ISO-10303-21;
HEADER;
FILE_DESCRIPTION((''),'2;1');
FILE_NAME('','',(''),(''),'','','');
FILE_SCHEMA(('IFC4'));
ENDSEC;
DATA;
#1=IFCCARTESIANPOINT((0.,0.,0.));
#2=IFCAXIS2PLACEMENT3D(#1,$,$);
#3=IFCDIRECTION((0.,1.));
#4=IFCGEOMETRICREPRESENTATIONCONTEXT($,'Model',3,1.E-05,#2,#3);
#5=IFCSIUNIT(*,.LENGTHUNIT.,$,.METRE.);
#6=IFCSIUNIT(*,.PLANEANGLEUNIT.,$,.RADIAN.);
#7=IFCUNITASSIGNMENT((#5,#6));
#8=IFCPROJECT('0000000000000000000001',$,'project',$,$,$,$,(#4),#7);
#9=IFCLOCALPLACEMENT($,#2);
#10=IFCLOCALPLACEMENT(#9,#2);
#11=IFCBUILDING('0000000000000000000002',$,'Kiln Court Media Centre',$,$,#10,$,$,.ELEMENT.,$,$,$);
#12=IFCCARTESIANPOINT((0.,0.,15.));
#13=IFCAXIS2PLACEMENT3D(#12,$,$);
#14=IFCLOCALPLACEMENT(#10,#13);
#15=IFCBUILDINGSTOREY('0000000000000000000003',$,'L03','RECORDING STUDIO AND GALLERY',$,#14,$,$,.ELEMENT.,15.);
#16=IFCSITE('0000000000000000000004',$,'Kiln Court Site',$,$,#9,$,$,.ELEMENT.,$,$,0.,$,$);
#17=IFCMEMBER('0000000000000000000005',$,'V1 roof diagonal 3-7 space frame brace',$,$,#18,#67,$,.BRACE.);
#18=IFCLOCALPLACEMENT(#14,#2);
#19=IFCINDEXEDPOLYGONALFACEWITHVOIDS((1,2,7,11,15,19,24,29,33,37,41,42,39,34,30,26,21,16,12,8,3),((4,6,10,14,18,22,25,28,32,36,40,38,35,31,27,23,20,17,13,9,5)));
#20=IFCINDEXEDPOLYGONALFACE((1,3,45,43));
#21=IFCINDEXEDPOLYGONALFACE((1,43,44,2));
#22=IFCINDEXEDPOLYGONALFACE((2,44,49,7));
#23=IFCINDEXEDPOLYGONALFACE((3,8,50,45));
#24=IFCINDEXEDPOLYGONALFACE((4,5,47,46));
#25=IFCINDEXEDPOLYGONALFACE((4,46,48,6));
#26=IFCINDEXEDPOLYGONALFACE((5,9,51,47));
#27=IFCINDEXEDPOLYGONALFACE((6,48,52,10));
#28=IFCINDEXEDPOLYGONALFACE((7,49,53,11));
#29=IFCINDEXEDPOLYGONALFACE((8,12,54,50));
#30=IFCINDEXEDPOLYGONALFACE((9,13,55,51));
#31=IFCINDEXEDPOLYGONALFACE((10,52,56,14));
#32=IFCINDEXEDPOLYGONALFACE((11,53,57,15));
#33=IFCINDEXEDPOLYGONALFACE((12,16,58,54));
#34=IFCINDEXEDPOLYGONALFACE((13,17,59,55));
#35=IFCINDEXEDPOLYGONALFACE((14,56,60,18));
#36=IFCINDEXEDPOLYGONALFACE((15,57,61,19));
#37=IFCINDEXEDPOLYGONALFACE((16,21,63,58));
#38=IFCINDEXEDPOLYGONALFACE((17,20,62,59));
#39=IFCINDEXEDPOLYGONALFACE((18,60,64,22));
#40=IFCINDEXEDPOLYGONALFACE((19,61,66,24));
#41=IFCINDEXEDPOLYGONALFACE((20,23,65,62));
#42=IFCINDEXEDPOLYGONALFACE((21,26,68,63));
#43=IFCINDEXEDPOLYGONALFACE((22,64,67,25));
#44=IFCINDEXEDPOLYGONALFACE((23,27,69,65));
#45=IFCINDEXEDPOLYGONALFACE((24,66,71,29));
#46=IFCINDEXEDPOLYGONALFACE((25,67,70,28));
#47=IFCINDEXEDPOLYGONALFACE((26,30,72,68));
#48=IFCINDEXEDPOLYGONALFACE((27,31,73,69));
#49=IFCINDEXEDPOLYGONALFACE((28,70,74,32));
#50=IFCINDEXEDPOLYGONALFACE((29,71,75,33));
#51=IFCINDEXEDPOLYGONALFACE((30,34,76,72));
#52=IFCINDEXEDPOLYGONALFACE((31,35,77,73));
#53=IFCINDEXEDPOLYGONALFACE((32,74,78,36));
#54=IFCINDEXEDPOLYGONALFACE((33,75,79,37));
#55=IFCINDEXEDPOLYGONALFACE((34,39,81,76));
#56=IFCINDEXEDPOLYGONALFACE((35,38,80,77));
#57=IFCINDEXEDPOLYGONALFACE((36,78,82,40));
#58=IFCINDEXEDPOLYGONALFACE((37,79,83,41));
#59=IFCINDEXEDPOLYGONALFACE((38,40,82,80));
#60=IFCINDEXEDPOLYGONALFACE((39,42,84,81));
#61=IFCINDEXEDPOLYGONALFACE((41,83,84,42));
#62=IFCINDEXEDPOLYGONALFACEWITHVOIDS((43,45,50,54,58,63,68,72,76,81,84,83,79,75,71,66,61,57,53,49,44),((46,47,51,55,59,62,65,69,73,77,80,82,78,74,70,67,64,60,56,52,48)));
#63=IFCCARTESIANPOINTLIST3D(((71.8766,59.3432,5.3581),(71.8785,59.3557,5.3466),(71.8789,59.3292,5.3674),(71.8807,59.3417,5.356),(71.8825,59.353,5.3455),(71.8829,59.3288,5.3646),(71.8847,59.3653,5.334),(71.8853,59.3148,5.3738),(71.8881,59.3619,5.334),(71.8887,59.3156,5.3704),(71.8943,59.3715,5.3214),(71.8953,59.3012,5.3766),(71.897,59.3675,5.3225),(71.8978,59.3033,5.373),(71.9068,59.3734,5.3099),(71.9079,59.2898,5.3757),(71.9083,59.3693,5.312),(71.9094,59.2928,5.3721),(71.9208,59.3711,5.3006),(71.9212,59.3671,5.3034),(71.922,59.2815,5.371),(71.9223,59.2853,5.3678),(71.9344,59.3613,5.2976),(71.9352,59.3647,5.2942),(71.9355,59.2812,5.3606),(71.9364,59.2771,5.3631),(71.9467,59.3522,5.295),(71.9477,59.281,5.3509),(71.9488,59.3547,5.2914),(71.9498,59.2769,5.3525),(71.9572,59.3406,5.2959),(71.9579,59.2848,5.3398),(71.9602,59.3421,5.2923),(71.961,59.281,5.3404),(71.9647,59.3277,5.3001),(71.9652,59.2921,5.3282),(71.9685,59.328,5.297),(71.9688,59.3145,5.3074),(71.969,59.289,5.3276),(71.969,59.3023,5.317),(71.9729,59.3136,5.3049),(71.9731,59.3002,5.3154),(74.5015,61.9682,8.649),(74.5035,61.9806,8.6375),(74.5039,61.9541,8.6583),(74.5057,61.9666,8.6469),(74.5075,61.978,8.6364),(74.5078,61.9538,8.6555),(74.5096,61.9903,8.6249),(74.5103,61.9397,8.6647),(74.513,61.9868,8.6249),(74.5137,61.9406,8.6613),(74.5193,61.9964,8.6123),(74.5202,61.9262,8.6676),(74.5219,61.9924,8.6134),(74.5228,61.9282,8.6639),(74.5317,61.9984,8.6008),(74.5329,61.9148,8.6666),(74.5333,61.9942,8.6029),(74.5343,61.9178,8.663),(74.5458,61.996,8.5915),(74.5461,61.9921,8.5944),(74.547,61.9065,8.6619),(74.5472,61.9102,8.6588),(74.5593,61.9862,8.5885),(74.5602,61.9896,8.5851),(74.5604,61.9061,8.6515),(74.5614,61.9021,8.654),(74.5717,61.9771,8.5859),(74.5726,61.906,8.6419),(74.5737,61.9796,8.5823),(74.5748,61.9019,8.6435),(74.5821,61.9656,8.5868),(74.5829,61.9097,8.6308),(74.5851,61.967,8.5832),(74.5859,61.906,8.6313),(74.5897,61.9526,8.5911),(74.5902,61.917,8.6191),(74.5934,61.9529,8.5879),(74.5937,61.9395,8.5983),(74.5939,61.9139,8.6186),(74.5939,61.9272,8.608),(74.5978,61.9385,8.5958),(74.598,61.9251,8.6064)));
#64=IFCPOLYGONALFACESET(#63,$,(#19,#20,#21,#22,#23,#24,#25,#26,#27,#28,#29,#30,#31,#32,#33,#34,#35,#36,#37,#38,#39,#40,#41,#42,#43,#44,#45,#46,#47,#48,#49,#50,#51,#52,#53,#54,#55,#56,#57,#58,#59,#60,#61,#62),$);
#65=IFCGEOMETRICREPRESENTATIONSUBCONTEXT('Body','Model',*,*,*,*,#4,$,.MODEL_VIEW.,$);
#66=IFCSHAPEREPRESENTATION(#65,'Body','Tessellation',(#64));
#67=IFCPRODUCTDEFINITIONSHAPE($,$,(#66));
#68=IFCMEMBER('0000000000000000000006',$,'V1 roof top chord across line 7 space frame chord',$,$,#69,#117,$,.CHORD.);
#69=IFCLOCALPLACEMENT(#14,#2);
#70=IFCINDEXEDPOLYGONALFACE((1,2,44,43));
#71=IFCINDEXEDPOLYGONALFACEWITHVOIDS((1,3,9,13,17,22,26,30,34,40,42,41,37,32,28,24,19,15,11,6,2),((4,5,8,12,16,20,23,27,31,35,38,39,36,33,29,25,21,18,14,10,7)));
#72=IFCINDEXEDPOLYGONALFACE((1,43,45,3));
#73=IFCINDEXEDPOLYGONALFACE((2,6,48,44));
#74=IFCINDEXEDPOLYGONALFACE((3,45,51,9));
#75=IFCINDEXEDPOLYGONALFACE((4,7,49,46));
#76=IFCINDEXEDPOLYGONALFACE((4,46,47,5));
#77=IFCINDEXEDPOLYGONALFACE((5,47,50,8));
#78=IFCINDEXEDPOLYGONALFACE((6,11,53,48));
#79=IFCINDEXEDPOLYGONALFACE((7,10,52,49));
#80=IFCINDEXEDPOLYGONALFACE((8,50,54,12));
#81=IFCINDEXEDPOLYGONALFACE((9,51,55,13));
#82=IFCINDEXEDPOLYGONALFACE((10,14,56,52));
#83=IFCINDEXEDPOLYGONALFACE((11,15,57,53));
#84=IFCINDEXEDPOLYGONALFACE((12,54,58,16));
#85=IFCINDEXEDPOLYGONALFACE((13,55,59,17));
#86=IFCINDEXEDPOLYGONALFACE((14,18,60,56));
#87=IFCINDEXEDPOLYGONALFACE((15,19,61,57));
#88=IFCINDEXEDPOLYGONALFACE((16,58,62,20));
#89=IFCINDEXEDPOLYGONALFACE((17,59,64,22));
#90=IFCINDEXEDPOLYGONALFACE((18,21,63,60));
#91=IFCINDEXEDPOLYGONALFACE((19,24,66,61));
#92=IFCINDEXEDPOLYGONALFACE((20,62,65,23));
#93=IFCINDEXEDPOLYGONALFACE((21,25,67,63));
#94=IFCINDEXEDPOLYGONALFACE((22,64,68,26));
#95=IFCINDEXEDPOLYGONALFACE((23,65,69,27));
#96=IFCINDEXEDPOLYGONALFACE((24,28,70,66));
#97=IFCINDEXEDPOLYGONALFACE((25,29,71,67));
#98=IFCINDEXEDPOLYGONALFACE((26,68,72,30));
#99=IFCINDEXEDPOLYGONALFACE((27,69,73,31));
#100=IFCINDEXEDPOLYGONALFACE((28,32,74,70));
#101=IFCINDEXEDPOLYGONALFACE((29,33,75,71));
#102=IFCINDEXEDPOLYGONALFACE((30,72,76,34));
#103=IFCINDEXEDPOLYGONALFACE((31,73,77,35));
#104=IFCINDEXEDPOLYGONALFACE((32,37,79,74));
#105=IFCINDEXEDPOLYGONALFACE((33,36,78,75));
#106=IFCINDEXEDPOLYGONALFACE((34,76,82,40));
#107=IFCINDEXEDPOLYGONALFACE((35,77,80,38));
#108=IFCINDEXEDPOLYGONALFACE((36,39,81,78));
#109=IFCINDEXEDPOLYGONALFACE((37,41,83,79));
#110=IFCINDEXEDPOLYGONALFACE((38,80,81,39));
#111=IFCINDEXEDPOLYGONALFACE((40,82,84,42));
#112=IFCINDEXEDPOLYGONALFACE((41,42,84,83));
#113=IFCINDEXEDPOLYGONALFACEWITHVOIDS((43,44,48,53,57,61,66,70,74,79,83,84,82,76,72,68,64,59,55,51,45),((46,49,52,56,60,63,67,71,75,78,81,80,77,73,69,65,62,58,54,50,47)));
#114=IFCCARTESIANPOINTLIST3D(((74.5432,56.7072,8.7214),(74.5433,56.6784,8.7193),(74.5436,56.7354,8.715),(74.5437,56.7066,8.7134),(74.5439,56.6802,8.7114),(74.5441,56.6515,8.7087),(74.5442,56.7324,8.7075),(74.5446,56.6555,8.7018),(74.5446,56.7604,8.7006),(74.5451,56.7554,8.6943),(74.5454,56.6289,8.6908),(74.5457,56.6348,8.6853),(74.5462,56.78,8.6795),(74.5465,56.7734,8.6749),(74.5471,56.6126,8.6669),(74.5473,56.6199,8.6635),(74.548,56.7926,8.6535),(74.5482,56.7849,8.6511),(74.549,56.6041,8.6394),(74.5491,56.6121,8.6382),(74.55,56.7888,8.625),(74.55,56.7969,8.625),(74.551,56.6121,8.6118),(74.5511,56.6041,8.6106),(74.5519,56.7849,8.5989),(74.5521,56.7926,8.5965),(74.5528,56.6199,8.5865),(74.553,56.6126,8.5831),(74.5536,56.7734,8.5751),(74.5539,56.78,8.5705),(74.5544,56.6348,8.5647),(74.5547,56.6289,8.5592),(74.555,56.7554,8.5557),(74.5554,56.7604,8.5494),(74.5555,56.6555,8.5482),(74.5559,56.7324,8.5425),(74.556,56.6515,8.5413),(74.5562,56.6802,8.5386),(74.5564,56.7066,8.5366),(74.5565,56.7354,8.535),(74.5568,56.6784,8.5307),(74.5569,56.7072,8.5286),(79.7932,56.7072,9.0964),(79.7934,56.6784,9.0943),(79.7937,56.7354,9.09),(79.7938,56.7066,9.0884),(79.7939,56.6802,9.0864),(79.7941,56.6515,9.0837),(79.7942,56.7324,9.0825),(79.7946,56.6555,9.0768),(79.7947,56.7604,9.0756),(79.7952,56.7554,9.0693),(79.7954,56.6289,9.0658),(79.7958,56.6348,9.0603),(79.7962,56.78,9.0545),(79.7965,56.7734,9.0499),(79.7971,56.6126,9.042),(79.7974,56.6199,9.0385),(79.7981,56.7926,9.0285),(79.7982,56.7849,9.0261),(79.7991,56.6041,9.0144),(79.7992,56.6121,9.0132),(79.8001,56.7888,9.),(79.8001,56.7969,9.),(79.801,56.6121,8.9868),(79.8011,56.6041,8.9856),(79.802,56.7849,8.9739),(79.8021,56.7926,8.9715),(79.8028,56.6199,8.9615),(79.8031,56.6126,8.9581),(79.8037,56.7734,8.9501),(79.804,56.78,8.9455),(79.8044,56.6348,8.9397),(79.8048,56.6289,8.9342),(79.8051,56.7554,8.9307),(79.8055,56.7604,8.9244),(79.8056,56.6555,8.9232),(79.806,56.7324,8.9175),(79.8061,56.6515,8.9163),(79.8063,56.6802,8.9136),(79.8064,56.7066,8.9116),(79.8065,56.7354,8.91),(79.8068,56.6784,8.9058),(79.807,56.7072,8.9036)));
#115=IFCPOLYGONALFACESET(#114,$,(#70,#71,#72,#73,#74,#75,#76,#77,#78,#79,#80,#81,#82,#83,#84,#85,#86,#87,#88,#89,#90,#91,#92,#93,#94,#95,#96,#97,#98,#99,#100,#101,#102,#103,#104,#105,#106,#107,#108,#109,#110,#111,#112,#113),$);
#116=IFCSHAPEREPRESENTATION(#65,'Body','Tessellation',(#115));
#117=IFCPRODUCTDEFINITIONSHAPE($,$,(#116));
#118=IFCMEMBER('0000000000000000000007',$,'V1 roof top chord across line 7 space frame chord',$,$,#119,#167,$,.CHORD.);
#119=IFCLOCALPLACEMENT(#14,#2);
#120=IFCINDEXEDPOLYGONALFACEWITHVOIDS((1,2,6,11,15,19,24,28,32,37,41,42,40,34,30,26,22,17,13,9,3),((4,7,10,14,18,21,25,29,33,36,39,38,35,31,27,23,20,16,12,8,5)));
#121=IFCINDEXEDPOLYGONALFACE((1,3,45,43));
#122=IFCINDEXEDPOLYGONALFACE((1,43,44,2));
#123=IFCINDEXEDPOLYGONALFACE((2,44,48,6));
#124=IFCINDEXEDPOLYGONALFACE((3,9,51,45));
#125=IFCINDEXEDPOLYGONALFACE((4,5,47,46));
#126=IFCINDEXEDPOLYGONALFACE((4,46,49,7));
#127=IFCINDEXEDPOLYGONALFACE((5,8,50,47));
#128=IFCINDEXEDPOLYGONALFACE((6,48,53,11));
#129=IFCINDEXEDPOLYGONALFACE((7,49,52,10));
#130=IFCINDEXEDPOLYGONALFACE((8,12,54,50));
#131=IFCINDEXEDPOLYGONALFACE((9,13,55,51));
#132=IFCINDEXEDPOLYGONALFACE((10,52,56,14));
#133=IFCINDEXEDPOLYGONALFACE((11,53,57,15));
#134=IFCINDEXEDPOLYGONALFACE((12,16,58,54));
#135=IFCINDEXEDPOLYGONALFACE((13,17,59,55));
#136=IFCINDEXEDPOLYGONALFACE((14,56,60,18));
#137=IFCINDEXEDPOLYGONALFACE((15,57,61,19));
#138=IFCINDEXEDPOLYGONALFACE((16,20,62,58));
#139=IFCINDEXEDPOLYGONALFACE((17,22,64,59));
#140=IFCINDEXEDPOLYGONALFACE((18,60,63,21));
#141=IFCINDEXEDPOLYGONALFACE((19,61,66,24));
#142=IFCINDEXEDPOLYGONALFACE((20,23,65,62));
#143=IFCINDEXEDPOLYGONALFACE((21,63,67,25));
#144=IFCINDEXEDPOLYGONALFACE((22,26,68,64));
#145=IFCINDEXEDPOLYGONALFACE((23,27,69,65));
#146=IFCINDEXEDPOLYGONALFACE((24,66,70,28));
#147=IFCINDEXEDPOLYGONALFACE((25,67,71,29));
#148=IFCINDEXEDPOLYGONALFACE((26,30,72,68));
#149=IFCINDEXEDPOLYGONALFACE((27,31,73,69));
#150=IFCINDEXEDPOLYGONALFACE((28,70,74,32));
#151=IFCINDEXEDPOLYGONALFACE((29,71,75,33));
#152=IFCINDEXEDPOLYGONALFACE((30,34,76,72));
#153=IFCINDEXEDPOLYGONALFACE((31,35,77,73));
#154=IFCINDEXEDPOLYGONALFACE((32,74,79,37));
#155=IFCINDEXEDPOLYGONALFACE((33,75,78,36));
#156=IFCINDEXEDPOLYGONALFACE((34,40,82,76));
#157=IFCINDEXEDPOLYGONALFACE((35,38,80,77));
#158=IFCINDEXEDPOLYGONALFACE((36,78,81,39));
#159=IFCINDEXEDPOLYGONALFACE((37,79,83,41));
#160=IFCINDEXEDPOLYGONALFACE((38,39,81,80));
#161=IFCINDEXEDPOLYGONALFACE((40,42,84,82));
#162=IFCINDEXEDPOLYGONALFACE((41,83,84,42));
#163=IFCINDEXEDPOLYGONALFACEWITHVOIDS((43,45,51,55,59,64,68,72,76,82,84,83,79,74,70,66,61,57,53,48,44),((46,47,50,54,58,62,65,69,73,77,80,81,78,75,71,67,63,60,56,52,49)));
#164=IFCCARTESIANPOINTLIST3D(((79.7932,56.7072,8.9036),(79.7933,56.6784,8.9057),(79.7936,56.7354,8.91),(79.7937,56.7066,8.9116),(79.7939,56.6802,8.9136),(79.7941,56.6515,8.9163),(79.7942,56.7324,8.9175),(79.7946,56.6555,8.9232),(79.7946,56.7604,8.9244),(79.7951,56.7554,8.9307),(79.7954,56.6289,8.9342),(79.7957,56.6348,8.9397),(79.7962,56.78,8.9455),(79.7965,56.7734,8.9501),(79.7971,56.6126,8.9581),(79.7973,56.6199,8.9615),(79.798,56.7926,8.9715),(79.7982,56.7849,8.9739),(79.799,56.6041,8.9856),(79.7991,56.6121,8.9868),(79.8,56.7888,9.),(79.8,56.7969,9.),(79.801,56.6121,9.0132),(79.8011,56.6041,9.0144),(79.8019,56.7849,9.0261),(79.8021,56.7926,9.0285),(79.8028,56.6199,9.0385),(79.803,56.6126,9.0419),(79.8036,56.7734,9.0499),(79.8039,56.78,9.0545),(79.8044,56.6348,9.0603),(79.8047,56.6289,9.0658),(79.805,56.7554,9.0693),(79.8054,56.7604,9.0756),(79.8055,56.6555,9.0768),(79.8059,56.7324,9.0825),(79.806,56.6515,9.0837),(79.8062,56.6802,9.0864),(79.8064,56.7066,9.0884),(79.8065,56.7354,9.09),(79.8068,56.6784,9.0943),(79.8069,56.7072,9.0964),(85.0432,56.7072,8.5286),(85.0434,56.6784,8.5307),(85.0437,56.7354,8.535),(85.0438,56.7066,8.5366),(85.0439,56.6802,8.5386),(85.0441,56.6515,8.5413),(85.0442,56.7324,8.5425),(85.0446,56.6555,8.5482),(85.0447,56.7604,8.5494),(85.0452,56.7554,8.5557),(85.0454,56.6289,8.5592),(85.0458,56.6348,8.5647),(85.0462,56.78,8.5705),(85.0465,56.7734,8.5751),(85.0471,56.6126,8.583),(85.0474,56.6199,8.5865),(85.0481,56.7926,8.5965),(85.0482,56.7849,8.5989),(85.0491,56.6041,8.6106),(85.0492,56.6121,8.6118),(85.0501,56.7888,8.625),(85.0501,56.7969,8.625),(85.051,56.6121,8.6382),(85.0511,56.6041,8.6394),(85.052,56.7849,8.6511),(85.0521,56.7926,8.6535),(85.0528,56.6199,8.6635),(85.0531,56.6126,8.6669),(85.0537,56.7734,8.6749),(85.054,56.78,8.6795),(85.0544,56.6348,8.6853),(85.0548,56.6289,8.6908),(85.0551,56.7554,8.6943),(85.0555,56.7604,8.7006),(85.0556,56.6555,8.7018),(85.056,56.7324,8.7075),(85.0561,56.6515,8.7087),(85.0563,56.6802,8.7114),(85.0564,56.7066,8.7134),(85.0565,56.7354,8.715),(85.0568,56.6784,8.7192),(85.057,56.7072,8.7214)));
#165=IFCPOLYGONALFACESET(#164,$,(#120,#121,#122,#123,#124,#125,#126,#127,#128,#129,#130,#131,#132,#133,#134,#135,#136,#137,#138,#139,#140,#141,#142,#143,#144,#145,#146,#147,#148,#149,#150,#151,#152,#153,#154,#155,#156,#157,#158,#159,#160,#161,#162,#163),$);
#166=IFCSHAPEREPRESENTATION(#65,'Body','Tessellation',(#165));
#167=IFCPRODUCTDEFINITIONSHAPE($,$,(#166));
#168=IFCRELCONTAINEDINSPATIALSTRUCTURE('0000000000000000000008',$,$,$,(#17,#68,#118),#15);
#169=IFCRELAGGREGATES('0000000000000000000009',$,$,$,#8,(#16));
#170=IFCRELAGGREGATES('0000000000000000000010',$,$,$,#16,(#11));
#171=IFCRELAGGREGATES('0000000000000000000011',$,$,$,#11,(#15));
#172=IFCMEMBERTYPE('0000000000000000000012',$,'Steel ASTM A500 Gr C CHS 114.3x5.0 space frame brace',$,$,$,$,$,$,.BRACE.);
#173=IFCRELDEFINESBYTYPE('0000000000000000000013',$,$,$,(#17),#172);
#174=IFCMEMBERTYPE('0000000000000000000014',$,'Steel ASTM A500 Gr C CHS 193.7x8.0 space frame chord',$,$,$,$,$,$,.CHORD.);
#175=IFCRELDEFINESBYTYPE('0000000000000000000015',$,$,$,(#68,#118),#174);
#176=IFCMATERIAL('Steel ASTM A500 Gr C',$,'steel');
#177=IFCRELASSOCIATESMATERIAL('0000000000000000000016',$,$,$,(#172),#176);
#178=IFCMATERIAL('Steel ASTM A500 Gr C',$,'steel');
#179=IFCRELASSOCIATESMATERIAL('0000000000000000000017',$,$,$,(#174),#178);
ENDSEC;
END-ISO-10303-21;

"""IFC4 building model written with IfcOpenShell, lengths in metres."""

from ifc_helpers import new_model, si_unit, direction, frame, origin, origin_2d, place, context, subcontext, project, spatial, hollow_circle, extrude, material, material_profile, profile_set, type_object, element, save


model = new_model("IFC4")

# Units and contexts
model_context = context("Model", 3, precision=1e-05, world=origin(), true_north=direction((0.0, 1.0)))
body_context = subcontext(model_context, "Body", "Model", "MODEL_VIEW")
ifc_project = project(units=[si_unit("LENGTHUNIT", "METRE"), si_unit("PLANEANGLEUNIT", "RADIAN")], contexts=[model_context])

# Site, building, storey
site_placement = place(None, origin())
site = spatial("IfcSite", under=ifc_project, at=site_placement, Name="Kiln Court Site", CompositionType="ELEMENT", RefElevation=0.0)
building_placement = place(site_placement, origin())
building = spatial("IfcBuilding", under=site, at=building_placement, Name="Kiln Court Media Centre", CompositionType="ELEMENT")
storey_placement = place(building_placement, frame((0.0, 0.0, 15.0)))
storey = spatial("IfcBuildingStorey", under=building, at=storey_placement, Name="L03", Description="RECORDING STUDIO AND GALLERY", CompositionType="ELEMENT", Elevation=15.0)

# Members
ifc_material_1 = material(Name="Steel ASTM A500 Gr C", Category="steel")
ifc_material_profile_1 = material_profile(ifc_material_1, hollow_circle(Radius=0.0571, WallThickness=0.0049, at=origin_2d()), Name="CHS 114.3x5.0")
ifc_profile_set_1 = profile_set([ifc_material_profile_1], Name="Steel ASTM A500 Gr C")
member_type_1 = type_object("IfcMemberType", Name="Steel ASTM A500 Gr C CHS 114.3x5.0 space frame brace", PredefinedType="BRACE", material=ifc_profile_set_1)
member_1_placement = place(storey_placement, frame((71.925, 59.325, 5.334), z_axis=(0.529122, 0.529122, 0.663371), x_axis=(-0.707107, 0.707107, 0.0)))
element("IfcMember", 1, at=member_1_placement, inside=storey, type_object=member_type_1, Name="V1 roof diagonal 3-7 space frame brace", PredefinedType="BRACE", context=body_context, shape_type="SweptSolid", body=[
    extrude(hollow_circle(Radius=0.0571, WallThickness=0.0049, at=origin_2d()), origin(), (0.0, 0.0, 1.0), 4.9609),
])
ifc_material_2 = material(Name="Steel ASTM A500 Gr C", Category="steel")
ifc_material_profile_2 = material_profile(ifc_material_2, hollow_circle(Radius=0.0969, WallThickness=0.0081, at=origin_2d()), Name="CHS 193.7x8.0")
ifc_profile_set_2 = profile_set([ifc_material_profile_2], Name="Steel ASTM A500 Gr C")
member_type_2 = type_object("IfcMemberType", Name="Steel ASTM A500 Gr C CHS 193.7x8.0 space frame chord", PredefinedType="CHORD", material=ifc_profile_set_2)
for number, where, z_axis, x_axis, name in (
    (2, (74.55, 56.7, 8.625), (0.997459, 0.0, 0.071247), (0.0, 1.0, 0.0), "V1 roof top chord across line 7 space frame chord"),
    (3, (79.8, 56.7, 9.0), (0.997459, 0.0, -0.071247), (0.0, 1.0, 0.0), "V1 roof top chord across line 7 space frame chord"),
):
    element("IfcMember", number, at=place(storey_placement, frame(where, z_axis=z_axis, x_axis=x_axis)), inside=storey, type_object=member_type_2, Name=name, PredefinedType="CHORD", context=body_context, shape_type="SweptSolid", body=[
        extrude(hollow_circle(Radius=0.0969, WallThickness=0.0081, at=origin_2d()), origin(), (0.0, 0.0, 1.0), 5.2634),
    ])

save(model, "model.ifc")
